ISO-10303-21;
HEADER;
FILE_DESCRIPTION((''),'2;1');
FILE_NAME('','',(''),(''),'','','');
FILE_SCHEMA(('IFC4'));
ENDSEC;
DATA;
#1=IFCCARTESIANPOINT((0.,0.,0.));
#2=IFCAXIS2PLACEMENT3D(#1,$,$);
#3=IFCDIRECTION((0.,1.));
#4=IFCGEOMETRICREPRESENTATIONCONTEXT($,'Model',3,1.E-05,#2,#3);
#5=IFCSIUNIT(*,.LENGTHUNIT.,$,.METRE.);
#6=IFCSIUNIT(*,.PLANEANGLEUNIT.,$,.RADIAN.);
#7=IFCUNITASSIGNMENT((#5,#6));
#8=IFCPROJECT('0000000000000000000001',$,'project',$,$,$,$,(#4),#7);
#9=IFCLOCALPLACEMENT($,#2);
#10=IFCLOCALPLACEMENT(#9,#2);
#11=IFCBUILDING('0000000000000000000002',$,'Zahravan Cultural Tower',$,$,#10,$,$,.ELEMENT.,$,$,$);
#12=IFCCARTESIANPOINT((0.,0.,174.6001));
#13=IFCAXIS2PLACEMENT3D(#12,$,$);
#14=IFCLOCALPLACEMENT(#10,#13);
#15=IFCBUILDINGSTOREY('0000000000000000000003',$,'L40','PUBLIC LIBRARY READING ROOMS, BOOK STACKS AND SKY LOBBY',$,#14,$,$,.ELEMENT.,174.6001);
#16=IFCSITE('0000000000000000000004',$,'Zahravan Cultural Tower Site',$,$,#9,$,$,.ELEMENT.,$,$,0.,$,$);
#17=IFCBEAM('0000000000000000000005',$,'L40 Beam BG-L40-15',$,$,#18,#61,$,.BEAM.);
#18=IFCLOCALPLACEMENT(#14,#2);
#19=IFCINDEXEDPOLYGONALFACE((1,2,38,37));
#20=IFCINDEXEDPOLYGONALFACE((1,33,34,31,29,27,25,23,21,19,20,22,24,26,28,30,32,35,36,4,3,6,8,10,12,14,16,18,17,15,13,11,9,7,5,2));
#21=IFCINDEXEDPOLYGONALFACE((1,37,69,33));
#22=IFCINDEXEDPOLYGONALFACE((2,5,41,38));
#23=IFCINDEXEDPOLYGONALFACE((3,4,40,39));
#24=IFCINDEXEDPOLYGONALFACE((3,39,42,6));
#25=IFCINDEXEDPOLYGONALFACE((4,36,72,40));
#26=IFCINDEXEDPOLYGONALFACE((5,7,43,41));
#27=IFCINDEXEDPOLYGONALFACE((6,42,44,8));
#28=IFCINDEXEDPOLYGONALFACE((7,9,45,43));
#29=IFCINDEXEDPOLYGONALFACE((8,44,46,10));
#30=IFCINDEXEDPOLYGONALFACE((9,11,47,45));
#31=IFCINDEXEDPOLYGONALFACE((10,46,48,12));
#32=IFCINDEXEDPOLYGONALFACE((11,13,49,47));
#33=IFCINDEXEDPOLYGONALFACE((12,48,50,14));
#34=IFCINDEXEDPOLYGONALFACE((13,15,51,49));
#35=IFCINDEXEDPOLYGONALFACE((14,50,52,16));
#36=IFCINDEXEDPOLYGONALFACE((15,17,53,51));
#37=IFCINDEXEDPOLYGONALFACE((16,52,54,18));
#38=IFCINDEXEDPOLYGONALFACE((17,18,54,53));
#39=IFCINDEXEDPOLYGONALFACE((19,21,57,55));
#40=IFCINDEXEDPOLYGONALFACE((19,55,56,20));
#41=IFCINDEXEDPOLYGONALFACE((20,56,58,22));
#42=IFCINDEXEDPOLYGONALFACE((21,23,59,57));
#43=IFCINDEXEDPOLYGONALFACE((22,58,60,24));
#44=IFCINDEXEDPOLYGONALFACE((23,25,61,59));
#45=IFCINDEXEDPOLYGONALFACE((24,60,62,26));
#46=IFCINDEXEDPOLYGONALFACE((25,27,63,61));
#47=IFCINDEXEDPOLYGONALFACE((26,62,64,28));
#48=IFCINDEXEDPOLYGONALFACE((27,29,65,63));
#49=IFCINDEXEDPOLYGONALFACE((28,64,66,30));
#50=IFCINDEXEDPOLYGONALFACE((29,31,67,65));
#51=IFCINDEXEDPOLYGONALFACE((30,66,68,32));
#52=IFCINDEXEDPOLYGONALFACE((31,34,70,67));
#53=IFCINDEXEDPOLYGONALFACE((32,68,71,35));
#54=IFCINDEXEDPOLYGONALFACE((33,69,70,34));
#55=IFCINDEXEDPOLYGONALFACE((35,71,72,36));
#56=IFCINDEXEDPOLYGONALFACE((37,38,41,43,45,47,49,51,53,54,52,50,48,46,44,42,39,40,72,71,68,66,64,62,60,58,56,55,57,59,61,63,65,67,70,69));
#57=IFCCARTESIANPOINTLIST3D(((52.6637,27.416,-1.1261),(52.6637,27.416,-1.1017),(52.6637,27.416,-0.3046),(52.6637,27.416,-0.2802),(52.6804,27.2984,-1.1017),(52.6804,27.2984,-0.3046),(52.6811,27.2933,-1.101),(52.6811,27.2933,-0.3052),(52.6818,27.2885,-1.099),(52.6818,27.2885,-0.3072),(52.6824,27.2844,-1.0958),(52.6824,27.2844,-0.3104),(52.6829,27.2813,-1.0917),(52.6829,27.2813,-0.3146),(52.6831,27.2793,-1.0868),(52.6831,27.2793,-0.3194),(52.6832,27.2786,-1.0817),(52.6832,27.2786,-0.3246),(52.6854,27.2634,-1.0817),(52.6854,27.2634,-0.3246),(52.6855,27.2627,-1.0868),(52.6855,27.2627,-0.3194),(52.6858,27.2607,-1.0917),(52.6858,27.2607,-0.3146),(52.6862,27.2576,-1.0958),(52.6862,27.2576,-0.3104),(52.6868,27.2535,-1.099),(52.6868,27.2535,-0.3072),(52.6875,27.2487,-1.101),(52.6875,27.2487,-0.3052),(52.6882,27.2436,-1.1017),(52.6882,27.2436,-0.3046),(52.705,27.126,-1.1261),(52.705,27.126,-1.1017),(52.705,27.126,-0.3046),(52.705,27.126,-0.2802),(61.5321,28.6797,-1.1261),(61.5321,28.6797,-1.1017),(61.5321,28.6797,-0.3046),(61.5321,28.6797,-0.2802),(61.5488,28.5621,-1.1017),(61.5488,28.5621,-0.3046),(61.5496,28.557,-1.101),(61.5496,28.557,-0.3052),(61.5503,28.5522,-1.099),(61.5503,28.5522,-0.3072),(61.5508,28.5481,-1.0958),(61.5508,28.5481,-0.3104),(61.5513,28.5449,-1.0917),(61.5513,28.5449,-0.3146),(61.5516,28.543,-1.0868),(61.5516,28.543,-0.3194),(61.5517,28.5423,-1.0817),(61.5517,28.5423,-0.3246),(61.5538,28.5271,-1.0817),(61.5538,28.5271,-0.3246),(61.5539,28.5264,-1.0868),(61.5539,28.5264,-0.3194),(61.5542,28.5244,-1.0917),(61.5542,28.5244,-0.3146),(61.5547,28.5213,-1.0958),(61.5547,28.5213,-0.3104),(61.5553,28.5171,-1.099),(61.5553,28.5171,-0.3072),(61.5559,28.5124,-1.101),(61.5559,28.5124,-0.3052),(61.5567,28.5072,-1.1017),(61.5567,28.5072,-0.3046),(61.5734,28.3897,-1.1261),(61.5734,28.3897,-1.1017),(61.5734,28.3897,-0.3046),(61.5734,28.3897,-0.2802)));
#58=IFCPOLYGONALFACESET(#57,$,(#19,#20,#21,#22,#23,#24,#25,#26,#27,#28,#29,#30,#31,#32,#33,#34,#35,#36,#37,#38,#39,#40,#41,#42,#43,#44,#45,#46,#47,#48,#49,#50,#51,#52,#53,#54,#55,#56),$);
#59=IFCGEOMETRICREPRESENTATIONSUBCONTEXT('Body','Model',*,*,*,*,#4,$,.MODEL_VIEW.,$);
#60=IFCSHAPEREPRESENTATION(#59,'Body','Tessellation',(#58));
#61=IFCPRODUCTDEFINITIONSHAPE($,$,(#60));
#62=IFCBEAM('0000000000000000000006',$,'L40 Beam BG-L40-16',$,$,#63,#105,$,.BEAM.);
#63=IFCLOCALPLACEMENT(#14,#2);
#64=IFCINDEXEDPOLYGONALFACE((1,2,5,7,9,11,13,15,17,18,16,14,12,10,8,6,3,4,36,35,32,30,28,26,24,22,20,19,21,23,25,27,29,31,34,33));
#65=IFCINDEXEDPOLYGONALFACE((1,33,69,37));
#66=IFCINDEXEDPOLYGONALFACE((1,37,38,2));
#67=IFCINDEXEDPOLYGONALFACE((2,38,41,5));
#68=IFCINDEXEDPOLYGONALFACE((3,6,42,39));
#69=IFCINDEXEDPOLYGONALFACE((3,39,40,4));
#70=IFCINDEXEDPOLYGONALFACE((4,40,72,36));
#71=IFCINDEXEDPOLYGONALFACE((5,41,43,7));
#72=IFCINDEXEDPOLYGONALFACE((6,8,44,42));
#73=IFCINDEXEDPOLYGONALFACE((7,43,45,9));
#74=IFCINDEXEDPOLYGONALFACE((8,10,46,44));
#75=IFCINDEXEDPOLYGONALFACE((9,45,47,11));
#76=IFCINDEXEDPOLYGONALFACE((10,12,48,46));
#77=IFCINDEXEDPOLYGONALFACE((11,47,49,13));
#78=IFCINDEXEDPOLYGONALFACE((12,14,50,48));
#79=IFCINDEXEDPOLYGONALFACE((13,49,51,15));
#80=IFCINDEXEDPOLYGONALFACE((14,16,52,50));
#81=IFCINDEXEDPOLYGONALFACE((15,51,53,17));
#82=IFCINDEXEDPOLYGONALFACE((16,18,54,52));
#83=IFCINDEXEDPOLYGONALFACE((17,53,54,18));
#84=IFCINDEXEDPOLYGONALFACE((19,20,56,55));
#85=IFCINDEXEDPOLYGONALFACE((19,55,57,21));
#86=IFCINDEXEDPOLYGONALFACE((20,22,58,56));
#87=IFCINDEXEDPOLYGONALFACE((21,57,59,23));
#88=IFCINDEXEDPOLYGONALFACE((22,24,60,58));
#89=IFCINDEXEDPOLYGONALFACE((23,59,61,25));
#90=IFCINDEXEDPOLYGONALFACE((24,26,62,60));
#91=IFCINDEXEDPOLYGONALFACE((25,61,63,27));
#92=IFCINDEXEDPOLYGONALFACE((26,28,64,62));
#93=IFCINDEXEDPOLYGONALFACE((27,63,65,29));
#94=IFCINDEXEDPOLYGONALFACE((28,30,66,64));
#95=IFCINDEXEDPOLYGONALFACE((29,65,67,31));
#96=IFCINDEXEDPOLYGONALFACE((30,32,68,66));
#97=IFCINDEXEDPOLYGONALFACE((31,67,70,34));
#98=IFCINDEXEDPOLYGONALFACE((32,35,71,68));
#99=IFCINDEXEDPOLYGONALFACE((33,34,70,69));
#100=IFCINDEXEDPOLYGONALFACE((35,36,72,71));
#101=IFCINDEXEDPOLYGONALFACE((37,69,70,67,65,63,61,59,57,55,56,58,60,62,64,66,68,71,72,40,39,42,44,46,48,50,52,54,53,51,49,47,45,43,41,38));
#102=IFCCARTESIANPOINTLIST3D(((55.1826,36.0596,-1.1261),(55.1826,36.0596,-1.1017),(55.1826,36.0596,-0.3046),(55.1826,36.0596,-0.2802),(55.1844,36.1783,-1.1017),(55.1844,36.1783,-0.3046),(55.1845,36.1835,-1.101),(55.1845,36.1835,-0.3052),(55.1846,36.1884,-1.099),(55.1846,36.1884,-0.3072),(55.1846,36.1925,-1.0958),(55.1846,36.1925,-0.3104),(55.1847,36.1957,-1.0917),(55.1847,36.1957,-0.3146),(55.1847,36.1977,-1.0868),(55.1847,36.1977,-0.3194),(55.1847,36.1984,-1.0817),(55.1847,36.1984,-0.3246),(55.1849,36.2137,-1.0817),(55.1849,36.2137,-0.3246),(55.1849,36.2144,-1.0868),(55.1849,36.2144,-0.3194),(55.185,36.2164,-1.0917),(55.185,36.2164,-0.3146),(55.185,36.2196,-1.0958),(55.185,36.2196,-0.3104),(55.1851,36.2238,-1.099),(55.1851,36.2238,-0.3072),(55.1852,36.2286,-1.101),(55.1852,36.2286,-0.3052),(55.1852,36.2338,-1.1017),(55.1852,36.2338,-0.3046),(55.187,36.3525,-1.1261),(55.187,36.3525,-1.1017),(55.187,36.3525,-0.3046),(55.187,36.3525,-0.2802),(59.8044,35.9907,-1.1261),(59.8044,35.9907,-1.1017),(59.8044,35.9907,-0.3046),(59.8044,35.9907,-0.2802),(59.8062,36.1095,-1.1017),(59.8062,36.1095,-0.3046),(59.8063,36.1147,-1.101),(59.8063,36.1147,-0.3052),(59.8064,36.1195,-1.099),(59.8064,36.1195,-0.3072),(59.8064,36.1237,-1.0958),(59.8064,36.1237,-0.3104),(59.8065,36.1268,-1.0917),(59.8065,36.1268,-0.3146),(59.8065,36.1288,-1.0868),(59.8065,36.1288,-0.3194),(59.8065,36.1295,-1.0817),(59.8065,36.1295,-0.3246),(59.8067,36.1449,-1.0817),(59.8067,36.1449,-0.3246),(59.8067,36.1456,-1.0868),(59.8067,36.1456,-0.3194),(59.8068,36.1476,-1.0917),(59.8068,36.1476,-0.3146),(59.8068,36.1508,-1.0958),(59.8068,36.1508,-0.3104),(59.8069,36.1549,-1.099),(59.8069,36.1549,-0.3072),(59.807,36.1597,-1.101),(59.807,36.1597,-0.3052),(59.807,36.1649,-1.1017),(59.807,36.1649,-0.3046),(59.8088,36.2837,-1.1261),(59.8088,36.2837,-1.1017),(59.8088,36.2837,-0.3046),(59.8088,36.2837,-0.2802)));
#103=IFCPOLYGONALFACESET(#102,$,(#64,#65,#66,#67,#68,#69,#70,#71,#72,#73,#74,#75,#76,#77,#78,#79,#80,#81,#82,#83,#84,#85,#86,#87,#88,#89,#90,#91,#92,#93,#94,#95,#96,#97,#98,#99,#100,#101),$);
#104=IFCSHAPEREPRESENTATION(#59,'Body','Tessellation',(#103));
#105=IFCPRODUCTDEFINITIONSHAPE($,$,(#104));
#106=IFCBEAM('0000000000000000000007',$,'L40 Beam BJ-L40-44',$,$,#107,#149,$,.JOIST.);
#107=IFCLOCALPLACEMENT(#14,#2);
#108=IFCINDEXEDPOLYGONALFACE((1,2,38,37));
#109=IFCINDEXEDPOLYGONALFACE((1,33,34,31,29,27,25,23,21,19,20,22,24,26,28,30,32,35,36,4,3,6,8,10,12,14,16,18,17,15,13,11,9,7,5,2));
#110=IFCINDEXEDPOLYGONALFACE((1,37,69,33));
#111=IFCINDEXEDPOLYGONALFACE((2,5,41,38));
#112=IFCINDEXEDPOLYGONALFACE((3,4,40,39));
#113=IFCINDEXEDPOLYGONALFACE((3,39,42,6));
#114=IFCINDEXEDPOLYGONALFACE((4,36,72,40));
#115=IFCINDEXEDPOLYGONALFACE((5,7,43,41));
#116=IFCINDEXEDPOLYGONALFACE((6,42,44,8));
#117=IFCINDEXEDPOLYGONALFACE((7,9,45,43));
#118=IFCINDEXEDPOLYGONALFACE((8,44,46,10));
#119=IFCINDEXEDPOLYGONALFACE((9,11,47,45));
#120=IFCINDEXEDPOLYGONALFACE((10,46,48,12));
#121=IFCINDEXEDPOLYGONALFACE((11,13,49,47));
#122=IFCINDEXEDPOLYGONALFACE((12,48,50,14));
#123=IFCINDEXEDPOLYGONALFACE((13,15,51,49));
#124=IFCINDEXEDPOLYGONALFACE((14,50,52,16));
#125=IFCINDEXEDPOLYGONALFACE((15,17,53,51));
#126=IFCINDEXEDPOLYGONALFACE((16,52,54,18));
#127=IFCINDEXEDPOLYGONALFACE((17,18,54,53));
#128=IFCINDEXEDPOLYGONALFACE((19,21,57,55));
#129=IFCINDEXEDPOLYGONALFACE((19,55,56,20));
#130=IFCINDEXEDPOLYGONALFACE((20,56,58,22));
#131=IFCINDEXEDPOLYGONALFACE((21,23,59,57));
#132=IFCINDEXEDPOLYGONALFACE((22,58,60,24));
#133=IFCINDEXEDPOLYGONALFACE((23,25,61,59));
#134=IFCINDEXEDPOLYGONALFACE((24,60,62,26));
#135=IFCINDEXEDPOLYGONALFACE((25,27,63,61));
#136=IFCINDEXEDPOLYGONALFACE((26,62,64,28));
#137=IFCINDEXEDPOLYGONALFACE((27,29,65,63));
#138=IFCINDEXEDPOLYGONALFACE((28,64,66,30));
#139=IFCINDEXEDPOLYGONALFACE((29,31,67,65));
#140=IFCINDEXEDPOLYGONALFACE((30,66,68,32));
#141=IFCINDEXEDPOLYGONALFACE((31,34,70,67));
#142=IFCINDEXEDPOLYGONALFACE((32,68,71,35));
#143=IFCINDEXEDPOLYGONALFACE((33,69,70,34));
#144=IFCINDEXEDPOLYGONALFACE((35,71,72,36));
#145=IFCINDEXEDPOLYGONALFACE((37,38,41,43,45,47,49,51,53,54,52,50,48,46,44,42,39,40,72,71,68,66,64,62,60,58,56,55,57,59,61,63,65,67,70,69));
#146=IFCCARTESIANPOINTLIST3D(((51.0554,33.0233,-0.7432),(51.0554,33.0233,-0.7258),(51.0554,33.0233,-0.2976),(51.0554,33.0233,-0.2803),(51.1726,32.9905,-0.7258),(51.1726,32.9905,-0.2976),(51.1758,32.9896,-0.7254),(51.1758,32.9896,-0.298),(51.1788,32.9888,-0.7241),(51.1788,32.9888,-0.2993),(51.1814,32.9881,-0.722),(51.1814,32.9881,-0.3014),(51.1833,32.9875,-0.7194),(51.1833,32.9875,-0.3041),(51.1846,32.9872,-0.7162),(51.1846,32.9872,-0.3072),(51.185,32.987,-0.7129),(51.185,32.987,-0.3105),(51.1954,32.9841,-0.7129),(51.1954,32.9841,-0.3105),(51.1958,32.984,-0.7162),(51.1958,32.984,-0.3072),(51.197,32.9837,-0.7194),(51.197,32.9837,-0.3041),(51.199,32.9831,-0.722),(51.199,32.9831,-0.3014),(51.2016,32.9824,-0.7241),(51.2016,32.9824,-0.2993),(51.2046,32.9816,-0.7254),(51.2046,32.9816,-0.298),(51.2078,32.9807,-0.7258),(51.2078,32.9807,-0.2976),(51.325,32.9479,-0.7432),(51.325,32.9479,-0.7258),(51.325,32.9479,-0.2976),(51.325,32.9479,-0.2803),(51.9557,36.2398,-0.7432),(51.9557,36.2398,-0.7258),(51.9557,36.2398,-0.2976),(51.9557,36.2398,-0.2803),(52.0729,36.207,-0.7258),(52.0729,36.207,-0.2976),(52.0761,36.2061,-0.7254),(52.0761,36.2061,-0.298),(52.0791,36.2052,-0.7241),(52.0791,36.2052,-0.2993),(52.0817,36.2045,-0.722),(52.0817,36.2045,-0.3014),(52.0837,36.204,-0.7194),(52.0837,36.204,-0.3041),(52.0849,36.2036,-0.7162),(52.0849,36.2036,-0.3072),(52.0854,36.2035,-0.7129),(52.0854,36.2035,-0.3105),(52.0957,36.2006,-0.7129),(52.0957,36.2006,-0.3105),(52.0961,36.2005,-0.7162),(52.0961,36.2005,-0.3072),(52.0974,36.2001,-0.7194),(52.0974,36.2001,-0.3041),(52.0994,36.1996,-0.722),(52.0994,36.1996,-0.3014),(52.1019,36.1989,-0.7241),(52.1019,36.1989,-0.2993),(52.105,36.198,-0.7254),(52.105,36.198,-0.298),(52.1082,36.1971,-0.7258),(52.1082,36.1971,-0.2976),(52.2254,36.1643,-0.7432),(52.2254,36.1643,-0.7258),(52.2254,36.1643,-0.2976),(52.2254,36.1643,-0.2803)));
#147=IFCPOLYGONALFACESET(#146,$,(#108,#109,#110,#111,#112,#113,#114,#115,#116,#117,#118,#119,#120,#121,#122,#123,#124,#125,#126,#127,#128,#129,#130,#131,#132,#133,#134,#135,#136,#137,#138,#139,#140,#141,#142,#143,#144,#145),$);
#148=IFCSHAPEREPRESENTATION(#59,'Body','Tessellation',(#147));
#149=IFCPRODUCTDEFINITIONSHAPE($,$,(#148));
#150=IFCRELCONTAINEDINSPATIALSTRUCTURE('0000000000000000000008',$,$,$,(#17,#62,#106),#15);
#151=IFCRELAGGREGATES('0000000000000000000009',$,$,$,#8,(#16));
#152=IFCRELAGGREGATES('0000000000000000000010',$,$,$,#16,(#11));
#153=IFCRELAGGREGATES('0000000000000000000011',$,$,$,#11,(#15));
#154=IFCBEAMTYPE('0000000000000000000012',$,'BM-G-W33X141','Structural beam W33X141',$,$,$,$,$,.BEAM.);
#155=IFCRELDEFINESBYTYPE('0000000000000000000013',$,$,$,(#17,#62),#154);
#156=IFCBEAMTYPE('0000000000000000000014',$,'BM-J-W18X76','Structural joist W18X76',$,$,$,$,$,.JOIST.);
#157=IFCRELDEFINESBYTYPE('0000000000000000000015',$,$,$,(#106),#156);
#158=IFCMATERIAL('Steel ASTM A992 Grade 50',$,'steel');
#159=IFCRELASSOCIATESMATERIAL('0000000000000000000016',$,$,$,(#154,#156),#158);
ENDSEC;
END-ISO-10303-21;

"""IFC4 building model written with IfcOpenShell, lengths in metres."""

from ifc_helpers import new_model, si_unit, direction, frame, origin, origin_2d, place, context, subcontext, project, spatial, i_section, extrude, source, transform, mapped, material, material_profile, profile_set, type_object, element, save


model = new_model("IFC4")

# Units and contexts
model_context = context("Model", 3, precision=1e-05, world=origin(), true_north=direction((0.0, 1.0)))
body_context = subcontext(model_context, "Body", "Model", "MODEL_VIEW")
ifc_project = project(units=[si_unit("LENGTHUNIT", "METRE"), si_unit("PLANEANGLEUNIT", "RADIAN")], contexts=[model_context])

# Site, building, storey
site_placement = place(None, origin())
site = spatial("IfcSite", under=ifc_project, at=site_placement, Name="Zahravan Cultural Tower Site", CompositionType="ELEMENT", RefElevation=0.0)
building_placement = place(site_placement, origin())
building = spatial("IfcBuilding", under=site, at=building_placement, Name="Zahravan Cultural Tower", CompositionType="ELEMENT")
storey_placement = place(building_placement, frame((0.0, 0.0, 174.6001)))
storey = spatial("IfcBuildingStorey", under=building, at=storey_placement, Name="L40", Description="PUBLIC LIBRARY READING ROOMS, BOOK STACKS AND SKY LOBBY", CompositionType="ELEMENT", Elevation=174.6001)

# Shared definitions
ifc_material_1 = material(Name="Steel ASTM A992 Grade 50", Category="steel")

# Beams
ifc_material_profile_1 = material_profile(ifc_material_1, i_section(OverallWidth=0.293, OverallDepth=0.8459, WebThickness=0.0154, FlangeThickness=0.0244, FilletRadius=0.02, at=origin_2d()), Name="W33X141")
ifc_profile_set_1 = profile_set([ifc_material_profile_1], Name="Steel ASTM A992 Grade 50")
beam_type_1 = type_object("IfcBeamType", Name="BM-G-W33X141", Description="Structural beam W33X141", PredefinedType="BEAM", material=ifc_profile_set_1)
shared_shape_1 = source(origin(), body_context, "Body", "SweptSolid", [
    extrude(i_section(OverallWidth=0.293, OverallDepth=0.8459, WebThickness=0.0154, FlangeThickness=0.0244, FilletRadius=0.02, at=origin_2d()), origin(), (0.0, 0.0, 1.0), 8.958),
])
beam_1_placement = place(storey_placement, frame((52.6843, 27.271, -0.7031), z_axis=(0.99, 0.141067, 0.0), x_axis=(-0.141067, 0.99, 0.0)))
element("IfcBeam", 1, at=beam_1_placement, inside=storey, type_object=beam_type_1, Name="L40 Beam BG-L40-15", PredefinedType="BEAM", context=body_context, shape_type="MappedRepresentation", body=[
    mapped(shared_shape_1, transform((0.0, 0.0, 0.0), x_axis=(1.0, 0.0, 0.0), y_axis=(0.0, 1.0, 0.0), z_axis=(0.0, 0.0, 1.0), scale=1.0)),
])
shared_shape_2 = source(origin(), body_context, "Body", "SweptSolid", [
    extrude(i_section(OverallWidth=0.293, OverallDepth=0.8459, WebThickness=0.0154, FlangeThickness=0.0244, FilletRadius=0.02, at=origin_2d()), origin(), (0.0, 0.0, 1.0), 4.6223),
])
beam_2_placement = place(storey_placement, frame((55.1848, 36.2061, -0.7031), z_axis=(0.999889, -0.014895, 0.0), x_axis=(0.014895, 0.999889, 0.0)))
element("IfcBeam", 2, at=beam_2_placement, inside=storey, type_object=beam_type_1, Name="L40 Beam BG-L40-16", PredefinedType="BEAM", context=body_context, shape_type="MappedRepresentation", body=[
    mapped(shared_shape_2, transform((0.0, 0.0, 0.0), x_axis=(1.0, 0.0, 0.0), y_axis=(0.0, 1.0, 0.0), z_axis=(0.0, 0.0, 1.0), scale=1.0)),
])
ifc_material_profile_2 = material_profile(ifc_material_1, i_section(OverallWidth=0.28, OverallDepth=0.4629, WebThickness=0.0107, FlangeThickness=0.0173, FilletRadius=0.0129, at=origin_2d()), Name="W18X76")
ifc_profile_set_2 = profile_set([ifc_material_profile_2], Name="Steel ASTM A992 Grade 50")
beam_type_2 = type_object("IfcBeamType", Name="BM-J-W18X76", Description="Structural joist W18X76", PredefinedType="JOIST", material=ifc_profile_set_2)
shared_shape_3 = source(origin(), body_context, "Body", "SweptSolid", [
    extrude(i_section(OverallWidth=0.28, OverallDepth=0.4629, WebThickness=0.0107, FlangeThickness=0.0173, FilletRadius=0.0129, at=origin_2d()), origin(), (0.0, 0.0, 1.0), 3.3401),
])
beam_3_placement = place(storey_placement, frame((51.1902, 32.9856, -0.5117), z_axis=(0.269562, 0.962983, 0.0), x_axis=(-0.962983, 0.269562, 0.0)))
element("IfcBeam", 3, at=beam_3_placement, inside=storey, type_object=beam_type_2, Name="L40 Beam BJ-L40-44", PredefinedType="JOIST", context=body_context, shape_type="MappedRepresentation", body=[
    mapped(shared_shape_3, transform((0.0, 0.0, 0.0), x_axis=(1.0, 0.0, 0.0), y_axis=(0.0, 1.0, 0.0), z_axis=(0.0, 0.0, 1.0), scale=1.0)),
])

save(model, "model.ifc")
